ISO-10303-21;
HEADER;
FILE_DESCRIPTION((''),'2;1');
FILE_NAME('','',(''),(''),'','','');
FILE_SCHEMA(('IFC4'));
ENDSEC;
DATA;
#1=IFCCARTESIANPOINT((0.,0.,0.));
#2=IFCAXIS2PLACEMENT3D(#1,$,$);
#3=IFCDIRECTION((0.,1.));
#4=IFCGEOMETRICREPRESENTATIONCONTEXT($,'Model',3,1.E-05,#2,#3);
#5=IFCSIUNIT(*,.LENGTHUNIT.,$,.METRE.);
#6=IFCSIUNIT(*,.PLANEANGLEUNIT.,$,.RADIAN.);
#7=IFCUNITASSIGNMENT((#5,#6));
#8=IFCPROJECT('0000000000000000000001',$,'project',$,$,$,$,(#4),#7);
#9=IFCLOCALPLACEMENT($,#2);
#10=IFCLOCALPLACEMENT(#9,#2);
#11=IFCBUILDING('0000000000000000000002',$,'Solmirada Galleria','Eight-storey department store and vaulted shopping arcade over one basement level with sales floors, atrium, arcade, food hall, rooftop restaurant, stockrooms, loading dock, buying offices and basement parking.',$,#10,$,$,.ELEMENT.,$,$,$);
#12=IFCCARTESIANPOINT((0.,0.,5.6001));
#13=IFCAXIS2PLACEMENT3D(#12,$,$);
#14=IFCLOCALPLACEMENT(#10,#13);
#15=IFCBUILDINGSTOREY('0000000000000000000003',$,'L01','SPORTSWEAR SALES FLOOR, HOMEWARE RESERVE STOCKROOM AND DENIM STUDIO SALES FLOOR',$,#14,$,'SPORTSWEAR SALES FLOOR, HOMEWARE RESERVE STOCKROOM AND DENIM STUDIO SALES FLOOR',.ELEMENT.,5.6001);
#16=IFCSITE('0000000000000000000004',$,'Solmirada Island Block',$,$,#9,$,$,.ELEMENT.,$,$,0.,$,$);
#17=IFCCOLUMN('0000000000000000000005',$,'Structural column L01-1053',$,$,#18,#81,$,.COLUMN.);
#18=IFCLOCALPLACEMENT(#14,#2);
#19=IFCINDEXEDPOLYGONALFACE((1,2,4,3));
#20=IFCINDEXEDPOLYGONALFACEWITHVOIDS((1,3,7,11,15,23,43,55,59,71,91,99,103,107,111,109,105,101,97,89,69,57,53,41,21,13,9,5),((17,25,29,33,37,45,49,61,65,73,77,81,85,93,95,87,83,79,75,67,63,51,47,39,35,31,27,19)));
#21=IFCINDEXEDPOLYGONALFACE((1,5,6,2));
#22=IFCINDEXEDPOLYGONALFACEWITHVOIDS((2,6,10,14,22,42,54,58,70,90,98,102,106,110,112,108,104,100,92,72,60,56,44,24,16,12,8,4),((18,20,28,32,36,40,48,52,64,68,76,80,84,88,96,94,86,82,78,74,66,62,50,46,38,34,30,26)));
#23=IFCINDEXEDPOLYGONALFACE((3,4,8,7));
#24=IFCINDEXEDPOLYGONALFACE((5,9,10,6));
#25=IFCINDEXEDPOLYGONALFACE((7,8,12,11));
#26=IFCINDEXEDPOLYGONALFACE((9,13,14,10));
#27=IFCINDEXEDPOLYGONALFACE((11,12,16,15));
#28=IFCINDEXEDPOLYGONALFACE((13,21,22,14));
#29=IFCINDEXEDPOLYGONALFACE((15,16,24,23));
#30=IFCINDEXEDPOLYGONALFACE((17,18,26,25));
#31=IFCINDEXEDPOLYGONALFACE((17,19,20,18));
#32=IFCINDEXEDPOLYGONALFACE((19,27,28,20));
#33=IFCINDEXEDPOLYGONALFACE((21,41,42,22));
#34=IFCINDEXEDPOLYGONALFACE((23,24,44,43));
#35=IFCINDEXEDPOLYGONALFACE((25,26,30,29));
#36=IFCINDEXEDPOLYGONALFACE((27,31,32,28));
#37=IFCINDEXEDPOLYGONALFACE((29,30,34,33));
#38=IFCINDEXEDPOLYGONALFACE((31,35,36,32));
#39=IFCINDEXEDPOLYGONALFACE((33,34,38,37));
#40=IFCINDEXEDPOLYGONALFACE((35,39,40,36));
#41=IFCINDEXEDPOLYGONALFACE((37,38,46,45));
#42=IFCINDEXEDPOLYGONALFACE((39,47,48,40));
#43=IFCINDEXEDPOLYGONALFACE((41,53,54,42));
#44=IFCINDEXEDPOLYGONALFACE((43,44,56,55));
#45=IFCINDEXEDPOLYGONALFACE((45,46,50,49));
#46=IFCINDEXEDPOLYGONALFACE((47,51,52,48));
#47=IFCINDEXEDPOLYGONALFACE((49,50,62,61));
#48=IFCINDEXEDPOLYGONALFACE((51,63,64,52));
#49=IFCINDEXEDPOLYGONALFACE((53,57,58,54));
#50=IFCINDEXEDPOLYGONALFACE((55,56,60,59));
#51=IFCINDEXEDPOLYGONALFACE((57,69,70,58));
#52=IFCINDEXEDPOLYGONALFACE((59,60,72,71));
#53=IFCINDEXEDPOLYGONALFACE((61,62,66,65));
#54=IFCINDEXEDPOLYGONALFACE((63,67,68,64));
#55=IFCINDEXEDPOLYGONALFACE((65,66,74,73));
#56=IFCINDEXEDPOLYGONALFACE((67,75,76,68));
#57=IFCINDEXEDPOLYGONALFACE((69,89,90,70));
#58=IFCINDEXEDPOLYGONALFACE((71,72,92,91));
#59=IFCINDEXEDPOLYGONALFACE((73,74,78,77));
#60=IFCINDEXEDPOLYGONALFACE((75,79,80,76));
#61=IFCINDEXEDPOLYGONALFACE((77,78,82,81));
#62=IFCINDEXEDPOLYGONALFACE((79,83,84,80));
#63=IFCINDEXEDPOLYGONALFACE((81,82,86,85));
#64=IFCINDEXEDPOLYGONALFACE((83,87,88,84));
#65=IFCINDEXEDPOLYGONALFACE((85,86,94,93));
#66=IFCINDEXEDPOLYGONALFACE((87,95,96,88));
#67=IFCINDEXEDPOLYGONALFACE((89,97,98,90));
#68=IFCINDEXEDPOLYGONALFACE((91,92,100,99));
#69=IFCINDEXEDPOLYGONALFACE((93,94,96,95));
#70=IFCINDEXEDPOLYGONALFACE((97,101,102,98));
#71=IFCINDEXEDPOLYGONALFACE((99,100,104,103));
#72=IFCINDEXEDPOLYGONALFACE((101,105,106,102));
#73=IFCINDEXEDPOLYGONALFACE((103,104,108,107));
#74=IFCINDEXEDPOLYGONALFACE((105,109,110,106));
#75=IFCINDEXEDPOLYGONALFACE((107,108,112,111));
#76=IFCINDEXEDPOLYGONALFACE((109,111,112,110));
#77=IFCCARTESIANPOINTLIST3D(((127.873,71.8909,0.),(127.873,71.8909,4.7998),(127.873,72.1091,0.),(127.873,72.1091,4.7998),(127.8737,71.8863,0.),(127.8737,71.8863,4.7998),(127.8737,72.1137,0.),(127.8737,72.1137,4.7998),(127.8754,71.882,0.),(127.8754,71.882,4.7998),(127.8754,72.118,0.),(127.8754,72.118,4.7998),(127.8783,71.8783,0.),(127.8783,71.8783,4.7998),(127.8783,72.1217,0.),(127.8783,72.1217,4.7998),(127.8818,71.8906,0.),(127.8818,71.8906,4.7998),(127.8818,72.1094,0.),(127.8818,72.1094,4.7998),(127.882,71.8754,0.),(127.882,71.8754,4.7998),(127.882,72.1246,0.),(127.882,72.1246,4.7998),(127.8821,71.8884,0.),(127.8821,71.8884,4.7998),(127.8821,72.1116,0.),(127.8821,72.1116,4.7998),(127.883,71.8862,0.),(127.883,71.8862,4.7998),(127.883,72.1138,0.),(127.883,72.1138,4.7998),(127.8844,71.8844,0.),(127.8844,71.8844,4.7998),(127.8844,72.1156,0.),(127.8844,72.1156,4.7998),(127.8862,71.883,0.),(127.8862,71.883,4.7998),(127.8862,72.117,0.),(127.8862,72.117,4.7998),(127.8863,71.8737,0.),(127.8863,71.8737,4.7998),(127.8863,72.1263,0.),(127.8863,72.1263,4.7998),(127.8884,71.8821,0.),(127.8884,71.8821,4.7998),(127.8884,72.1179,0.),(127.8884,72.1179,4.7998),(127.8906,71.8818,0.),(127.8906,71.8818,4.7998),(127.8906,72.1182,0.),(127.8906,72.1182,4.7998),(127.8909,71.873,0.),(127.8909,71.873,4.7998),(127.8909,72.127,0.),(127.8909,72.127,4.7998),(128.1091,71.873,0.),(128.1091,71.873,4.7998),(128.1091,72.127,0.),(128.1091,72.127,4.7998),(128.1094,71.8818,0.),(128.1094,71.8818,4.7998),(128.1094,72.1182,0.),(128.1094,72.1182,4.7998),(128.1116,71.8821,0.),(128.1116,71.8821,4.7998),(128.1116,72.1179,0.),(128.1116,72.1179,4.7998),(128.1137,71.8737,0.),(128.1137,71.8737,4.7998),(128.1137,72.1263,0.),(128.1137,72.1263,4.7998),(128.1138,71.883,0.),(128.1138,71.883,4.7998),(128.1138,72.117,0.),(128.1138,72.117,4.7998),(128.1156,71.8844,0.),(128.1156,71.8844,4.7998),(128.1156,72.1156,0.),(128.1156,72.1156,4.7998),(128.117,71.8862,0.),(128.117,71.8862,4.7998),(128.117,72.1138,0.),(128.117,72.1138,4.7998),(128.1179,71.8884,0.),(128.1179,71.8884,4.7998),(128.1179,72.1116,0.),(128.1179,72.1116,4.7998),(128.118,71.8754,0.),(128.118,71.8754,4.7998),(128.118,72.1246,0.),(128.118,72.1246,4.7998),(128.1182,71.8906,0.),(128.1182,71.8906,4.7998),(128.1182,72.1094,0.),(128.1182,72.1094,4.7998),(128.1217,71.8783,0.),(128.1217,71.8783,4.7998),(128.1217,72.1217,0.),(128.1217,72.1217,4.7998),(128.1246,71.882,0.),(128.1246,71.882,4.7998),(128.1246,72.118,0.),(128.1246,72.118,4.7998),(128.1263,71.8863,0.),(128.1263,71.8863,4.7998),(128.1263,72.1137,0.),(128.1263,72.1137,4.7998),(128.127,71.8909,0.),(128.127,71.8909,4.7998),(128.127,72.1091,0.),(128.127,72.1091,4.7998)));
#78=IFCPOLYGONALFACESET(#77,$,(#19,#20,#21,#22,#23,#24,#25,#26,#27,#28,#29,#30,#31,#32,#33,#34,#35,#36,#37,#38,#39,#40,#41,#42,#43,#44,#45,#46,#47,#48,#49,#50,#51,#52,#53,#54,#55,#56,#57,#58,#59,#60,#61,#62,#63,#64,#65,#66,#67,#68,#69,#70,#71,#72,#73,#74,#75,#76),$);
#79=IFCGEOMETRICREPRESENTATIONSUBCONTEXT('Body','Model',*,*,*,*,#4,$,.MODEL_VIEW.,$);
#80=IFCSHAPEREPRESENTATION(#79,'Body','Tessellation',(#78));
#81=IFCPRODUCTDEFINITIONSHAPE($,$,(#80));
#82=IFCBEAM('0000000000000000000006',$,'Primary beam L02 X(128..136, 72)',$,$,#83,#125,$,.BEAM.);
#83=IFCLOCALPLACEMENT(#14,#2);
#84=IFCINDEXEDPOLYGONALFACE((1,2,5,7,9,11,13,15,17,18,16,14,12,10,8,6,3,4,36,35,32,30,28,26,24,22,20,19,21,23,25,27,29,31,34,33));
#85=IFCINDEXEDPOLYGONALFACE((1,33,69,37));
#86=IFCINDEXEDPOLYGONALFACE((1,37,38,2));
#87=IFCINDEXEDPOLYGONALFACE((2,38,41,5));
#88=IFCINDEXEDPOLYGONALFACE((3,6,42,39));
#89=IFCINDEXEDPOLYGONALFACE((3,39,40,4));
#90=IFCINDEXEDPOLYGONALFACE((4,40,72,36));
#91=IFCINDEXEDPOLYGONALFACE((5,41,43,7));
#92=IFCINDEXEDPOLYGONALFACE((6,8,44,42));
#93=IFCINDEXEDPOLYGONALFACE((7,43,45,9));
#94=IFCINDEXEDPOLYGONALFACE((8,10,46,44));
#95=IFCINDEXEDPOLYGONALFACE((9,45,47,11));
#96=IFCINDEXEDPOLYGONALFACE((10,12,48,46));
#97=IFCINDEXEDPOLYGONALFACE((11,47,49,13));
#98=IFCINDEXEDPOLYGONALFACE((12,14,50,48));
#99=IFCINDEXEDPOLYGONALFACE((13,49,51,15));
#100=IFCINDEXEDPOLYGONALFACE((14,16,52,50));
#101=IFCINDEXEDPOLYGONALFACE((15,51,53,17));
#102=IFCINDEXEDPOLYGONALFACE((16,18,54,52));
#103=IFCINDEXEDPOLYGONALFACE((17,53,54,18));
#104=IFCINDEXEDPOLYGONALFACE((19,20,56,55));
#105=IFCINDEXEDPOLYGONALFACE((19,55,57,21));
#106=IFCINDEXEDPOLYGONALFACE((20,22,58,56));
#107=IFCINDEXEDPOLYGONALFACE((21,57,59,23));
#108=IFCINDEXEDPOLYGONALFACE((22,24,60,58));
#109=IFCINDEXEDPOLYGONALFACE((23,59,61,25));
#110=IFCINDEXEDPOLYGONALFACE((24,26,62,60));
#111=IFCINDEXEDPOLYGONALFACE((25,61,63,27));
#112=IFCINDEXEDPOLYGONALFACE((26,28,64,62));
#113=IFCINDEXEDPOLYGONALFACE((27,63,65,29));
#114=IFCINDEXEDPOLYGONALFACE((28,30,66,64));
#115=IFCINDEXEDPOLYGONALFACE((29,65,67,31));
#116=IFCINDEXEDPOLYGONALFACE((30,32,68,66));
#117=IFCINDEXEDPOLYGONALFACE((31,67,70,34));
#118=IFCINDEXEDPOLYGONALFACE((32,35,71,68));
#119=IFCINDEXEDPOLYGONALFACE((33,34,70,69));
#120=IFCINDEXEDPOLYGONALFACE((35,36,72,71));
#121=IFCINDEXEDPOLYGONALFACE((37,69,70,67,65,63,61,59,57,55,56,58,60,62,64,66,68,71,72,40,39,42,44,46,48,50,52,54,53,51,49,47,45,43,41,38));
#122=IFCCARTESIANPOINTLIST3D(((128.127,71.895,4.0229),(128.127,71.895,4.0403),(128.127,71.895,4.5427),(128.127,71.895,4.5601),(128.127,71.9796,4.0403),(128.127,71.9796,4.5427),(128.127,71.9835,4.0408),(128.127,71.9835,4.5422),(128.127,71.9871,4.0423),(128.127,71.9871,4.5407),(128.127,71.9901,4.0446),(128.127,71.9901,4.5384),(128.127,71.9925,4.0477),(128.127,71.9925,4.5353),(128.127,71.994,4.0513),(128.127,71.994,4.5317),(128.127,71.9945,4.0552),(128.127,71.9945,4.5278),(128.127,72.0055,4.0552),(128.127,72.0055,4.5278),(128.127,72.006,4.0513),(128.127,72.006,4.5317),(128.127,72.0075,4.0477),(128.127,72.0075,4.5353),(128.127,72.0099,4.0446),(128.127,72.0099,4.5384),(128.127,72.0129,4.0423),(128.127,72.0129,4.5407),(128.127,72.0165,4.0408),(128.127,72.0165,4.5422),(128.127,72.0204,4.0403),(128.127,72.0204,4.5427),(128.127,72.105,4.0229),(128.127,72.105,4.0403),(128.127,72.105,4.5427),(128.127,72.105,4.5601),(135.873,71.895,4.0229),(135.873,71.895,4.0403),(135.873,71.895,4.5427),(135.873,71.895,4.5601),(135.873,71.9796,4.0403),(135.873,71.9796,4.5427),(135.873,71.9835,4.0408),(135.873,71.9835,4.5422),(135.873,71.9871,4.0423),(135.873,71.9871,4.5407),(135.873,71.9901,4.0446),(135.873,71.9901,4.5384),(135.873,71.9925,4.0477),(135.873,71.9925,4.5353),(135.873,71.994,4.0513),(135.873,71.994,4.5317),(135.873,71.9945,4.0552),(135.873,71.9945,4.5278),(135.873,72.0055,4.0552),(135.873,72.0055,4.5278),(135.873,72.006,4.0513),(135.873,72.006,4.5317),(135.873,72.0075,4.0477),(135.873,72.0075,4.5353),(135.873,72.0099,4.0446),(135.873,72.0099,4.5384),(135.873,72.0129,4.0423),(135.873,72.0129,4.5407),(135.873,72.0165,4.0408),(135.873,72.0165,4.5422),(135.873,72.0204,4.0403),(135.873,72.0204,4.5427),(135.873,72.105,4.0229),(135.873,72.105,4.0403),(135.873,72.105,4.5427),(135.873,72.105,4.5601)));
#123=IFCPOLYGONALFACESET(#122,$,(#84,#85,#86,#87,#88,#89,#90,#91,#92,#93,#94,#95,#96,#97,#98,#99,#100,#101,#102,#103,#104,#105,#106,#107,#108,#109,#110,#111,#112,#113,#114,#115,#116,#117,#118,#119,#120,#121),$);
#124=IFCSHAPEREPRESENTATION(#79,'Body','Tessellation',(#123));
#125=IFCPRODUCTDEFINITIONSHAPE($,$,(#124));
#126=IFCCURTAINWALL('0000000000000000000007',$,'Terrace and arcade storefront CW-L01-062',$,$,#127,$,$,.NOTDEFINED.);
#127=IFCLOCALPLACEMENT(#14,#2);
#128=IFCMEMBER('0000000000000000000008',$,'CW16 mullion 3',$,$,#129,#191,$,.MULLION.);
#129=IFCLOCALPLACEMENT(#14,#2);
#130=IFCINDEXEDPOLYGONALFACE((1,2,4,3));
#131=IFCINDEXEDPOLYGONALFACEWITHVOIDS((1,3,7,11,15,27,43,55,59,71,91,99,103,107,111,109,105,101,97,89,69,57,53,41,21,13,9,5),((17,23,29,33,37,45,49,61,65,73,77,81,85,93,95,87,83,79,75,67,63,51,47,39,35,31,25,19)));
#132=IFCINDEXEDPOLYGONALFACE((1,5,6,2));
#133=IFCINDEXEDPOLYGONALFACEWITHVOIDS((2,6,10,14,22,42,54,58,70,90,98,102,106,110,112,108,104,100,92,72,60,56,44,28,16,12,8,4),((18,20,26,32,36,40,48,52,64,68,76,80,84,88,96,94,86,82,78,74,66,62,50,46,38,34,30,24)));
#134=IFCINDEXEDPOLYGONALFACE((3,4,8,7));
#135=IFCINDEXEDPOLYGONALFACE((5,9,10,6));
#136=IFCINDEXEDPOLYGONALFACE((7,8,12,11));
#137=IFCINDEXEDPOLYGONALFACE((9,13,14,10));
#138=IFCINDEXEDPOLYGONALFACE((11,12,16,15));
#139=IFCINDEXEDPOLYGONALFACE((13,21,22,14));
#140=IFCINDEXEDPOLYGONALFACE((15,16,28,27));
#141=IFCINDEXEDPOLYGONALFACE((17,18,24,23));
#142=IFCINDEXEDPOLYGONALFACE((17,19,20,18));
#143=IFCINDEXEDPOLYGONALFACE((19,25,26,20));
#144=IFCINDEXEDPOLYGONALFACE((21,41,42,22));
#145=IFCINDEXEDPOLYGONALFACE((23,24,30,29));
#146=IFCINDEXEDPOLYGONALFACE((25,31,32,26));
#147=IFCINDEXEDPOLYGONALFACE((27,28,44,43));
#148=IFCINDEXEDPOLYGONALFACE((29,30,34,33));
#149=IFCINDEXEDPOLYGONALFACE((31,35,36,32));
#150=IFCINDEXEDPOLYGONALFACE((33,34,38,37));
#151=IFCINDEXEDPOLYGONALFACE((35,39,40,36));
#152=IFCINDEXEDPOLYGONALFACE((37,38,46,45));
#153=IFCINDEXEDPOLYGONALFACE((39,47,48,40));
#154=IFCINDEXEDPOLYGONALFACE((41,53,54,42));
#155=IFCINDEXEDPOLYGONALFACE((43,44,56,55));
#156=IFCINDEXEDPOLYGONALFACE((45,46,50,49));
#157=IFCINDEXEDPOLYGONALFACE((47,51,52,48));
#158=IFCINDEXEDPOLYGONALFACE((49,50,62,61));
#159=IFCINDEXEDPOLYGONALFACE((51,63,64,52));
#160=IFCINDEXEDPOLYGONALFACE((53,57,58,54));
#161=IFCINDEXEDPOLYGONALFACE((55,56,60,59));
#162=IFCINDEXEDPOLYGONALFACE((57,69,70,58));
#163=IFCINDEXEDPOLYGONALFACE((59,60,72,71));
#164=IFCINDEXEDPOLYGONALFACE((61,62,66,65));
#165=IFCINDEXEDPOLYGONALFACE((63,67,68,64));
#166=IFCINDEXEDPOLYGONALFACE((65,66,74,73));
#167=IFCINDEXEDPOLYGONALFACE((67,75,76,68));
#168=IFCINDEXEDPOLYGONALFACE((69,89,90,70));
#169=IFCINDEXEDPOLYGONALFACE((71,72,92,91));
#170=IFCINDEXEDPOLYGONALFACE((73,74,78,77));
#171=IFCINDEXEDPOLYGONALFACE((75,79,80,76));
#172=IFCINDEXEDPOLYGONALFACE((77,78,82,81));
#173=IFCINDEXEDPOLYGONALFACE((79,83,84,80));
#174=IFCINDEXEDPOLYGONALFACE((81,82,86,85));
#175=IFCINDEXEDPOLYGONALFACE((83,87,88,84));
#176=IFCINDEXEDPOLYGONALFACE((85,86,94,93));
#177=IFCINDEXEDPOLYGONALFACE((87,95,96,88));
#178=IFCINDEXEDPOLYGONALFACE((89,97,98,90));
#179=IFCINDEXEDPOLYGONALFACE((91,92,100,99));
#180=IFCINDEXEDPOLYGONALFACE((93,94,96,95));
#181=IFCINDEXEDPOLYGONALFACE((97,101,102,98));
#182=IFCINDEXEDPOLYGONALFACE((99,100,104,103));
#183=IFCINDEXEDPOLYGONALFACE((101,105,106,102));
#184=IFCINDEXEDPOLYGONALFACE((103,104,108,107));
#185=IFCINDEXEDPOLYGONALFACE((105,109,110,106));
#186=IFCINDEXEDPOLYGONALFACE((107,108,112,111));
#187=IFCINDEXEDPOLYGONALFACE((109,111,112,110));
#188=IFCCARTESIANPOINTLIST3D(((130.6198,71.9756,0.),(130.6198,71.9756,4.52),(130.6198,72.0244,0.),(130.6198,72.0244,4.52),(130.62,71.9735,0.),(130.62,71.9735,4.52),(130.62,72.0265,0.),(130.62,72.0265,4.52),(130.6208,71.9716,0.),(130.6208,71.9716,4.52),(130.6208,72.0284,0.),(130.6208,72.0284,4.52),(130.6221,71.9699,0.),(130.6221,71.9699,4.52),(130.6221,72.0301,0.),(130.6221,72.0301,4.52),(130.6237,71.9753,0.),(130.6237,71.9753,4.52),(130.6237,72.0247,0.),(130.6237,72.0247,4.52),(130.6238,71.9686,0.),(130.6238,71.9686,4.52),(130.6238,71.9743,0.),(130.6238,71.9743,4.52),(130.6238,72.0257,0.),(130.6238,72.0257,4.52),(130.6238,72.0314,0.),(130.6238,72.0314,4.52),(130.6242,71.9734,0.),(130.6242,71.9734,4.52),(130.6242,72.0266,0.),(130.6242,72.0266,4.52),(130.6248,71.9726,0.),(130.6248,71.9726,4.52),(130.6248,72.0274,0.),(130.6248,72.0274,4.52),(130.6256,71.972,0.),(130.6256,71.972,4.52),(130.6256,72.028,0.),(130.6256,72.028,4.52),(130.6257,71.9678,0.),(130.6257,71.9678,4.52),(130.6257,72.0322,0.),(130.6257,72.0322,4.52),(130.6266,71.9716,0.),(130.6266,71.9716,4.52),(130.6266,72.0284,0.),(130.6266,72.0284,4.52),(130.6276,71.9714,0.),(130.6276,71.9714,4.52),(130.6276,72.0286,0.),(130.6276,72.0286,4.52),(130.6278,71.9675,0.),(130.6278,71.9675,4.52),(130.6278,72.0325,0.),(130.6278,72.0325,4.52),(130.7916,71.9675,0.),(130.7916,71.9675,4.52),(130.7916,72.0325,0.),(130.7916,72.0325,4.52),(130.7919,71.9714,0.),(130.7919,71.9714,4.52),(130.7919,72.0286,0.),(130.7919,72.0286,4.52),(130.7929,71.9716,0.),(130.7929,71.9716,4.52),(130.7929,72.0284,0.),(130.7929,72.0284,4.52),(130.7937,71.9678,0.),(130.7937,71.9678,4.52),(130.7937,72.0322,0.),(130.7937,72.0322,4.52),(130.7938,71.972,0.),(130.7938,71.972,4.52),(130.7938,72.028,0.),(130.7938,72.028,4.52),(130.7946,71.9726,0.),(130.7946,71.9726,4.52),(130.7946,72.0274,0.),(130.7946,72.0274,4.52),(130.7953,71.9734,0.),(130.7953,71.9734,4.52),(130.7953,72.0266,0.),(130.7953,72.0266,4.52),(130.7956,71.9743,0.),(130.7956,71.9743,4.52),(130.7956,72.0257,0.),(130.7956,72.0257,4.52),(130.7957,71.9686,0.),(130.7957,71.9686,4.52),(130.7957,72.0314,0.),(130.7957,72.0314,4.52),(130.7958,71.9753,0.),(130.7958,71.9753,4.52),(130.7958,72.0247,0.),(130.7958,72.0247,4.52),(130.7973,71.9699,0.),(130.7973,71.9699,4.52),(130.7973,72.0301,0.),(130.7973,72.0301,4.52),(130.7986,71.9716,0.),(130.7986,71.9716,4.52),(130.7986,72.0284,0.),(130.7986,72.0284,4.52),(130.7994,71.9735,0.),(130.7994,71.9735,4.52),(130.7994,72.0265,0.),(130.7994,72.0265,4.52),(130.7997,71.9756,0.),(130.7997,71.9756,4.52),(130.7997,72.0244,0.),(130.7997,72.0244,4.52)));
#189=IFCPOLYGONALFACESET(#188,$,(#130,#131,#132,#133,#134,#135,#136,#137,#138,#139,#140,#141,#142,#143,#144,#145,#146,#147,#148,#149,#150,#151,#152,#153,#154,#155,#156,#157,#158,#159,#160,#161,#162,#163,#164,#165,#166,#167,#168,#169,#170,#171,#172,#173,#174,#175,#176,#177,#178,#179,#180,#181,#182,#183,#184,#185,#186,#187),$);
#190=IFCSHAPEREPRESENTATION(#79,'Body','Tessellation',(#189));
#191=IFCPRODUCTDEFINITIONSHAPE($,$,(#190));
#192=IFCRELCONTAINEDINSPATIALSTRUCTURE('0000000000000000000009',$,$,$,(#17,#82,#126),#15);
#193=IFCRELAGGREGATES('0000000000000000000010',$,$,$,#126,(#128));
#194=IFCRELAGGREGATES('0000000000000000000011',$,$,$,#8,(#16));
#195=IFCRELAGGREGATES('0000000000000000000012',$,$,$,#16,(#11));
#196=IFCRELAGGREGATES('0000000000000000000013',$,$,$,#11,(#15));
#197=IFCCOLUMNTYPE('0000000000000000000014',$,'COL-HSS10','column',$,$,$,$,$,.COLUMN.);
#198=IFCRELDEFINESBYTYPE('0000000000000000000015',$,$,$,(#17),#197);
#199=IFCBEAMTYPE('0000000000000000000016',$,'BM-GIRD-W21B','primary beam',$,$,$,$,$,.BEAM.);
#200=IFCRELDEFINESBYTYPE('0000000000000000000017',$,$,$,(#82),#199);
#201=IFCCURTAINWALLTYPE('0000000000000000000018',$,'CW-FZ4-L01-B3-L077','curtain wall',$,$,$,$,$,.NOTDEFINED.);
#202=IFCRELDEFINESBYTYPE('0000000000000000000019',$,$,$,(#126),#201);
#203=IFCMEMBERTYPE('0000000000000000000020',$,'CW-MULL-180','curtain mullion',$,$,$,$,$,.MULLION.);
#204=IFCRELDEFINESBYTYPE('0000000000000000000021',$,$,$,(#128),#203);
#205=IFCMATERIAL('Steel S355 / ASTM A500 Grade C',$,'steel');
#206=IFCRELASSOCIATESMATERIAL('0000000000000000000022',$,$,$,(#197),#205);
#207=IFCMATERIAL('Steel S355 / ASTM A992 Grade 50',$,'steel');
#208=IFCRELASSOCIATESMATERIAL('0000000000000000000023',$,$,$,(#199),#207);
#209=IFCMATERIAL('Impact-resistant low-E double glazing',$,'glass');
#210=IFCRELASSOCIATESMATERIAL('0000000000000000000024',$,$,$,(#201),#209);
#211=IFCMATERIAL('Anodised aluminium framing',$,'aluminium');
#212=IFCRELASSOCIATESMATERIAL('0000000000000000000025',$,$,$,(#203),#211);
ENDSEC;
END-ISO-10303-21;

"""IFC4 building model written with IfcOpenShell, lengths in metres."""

from ifc_helpers import new_model, si_unit, direction, frame, origin, origin_2d, place, context, subcontext, project, spatial, hollow_rectangle, i_section, extrude, material, material_profile, profile_set, type_object, element, aggregate, save


model = new_model("IFC4")

# Units and contexts
model_context = context("Model", 3, precision=1e-05, world=origin(), true_north=direction((0.0, 1.0)))
body_context = subcontext(model_context, "Body", "Model", "MODEL_VIEW")
ifc_project = project(units=[si_unit("LENGTHUNIT", "METRE"), si_unit("PLANEANGLEUNIT", "RADIAN")], contexts=[model_context])

# Site, building, storey
site_placement = place(None, origin())
site = spatial("IfcSite", under=ifc_project, at=site_placement, Name="Solmirada Island Block", CompositionType="ELEMENT", RefElevation=0.0)
building_placement = place(site_placement, origin())
building = spatial("IfcBuilding", under=site, at=building_placement, Name="Solmirada Galleria", Description="Eight-storey department store and vaulted shopping arcade over one basement level with sales floors, atrium, arcade, food hall, rooftop restaurant, stockrooms, loading dock, buying offices and basement parking.", CompositionType="ELEMENT")
storey_placement = place(building_placement, frame((0.0, 0.0, 5.6001)))
storey = spatial("IfcBuildingStorey", under=building, at=storey_placement, Name="L01", Description="SPORTSWEAR SALES FLOOR, HOMEWARE RESERVE STOCKROOM AND DENIM STUDIO SALES FLOOR", LongName="SPORTSWEAR SALES FLOOR, HOMEWARE RESERVE STOCKROOM AND DENIM STUDIO SALES FLOOR", CompositionType="ELEMENT", Elevation=5.6001)

# Column
ifc_material_1 = material(Name="Steel S355 / ASTM A500 Grade C", Category="steel")
ifc_material_profile_1 = material_profile(ifc_material_1, hollow_rectangle(XDim=0.2539, YDim=0.2539, WallThickness=0.0088, InnerFilletRadius=0.0088, OuterFilletRadius=0.0178, at=origin_2d()), Name="HSS10X10X3/8")
ifc_profile_set_1 = profile_set([ifc_material_profile_1], Name="Steel S355 / ASTM A500 Grade C")
column_type = type_object("IfcColumnType", Name="COL-HSS10", Description="column", PredefinedType="COLUMN", material=ifc_profile_set_1)
column_placement = place(storey_placement, frame((128.0, 72.0, 0.0), z_axis=(0.0, 0.0, 1.0), x_axis=(1.0, 0.0, 0.0)))
element("IfcColumn", 1, at=column_placement, inside=storey, type_object=column_type, Name="Structural column L01-1053", PredefinedType="COLUMN", context=body_context, shape_type="SweptSolid", body=[
    extrude(hollow_rectangle(XDim=0.2539, YDim=0.2539, WallThickness=0.0088, InnerFilletRadius=0.0088, OuterFilletRadius=0.0178, at=origin_2d()), origin(), (0.0, 0.0, 1.0), 4.7998),
])

# Beam
ifc_material_2 = material(Name="Steel S355 / ASTM A992 Grade 50", Category="steel")
ifc_material_profile_2 = material_profile(ifc_material_2, i_section(OverallWidth=0.21, OverallDepth=0.5371, WebThickness=0.011, FlangeThickness=0.0173, FilletRadius=0.0149, at=origin_2d()), Name="W21X68")
ifc_profile_set_2 = profile_set([ifc_material_profile_2], Name="Steel S355 / ASTM A992 Grade 50")
beam_type = type_object("IfcBeamType", Name="BM-GIRD-W21B", Description="primary beam", PredefinedType="BEAM", material=ifc_profile_set_2)
beam_placement = place(storey_placement, frame((128.127, 72.0, 4.2915), z_axis=(1.0, 0.0, 0.0), x_axis=(0.0, 1.0, 0.0)))
element("IfcBeam", 2, at=beam_placement, inside=storey, type_object=beam_type, Name="Primary beam L02 X(128..136, 72)", PredefinedType="BEAM", context=body_context, shape_type="SweptSolid", body=[
    extrude(i_section(OverallWidth=0.21, OverallDepth=0.5371, WebThickness=0.011, FlangeThickness=0.0173, FilletRadius=0.0149, at=origin_2d()), origin(), (0.0, 0.0, 1.0), 7.7461),
])

# Curtain wall, member
ifc_material_3 = material(Name="Impact-resistant low-E double glazing", Category="glass")
curtain_wall_type = type_object("IfcCurtainWallType", Name="CW-FZ4-L01-B3-L077", Description="curtain wall", PredefinedType="NOTDEFINED", material=ifc_material_3)
curtain_wall_1_placement = place(storey_placement, origin())
curtain_wall_1 = element("IfcCurtainWall", 3, at=curtain_wall_1_placement, inside=storey, type_object=curtain_wall_type, Name="Terrace and arcade storefront CW-L01-062", PredefinedType="NOTDEFINED")
ifc_material_4 = material(Name="Anodised aluminium framing", Category="aluminium")
ifc_material_profile_3 = material_profile(ifc_material_4, hollow_rectangle(XDim=0.0649, YDim=0.1799, WallThickness=0.0039, InnerFilletRadius=0.0039, OuterFilletRadius=0.0081, at=origin_2d()), Name="ALU-MULL-180X65")
ifc_profile_set_3 = profile_set([ifc_material_profile_3], Name="Anodised aluminium framing")
member_type_1 = type_object("IfcMemberType", Name="CW-MULL-180", Description="curtain mullion", PredefinedType="MULLION", material=ifc_profile_set_3)
member_1_placement = place(storey_placement, frame((130.7097, 72.0, 0.0), z_axis=(0.0, 0.0, 1.0), x_axis=(0.0, -1.0, 0.0)))
member_1 = element("IfcMember", 4, at=member_1_placement, type_object=member_type_1, Name="CW16 mullion 3", PredefinedType="MULLION", context=body_context, shape_type="SweptSolid", body=[
    extrude(hollow_rectangle(XDim=0.0649, YDim=0.1799, WallThickness=0.0039, InnerFilletRadius=0.0039, OuterFilletRadius=0.0081, at=origin_2d()), origin(), (0.0, 0.0, 1.0), 4.52),
])

aggregate(curtain_wall_1, [member_1])

save(model, "model.ifc")
